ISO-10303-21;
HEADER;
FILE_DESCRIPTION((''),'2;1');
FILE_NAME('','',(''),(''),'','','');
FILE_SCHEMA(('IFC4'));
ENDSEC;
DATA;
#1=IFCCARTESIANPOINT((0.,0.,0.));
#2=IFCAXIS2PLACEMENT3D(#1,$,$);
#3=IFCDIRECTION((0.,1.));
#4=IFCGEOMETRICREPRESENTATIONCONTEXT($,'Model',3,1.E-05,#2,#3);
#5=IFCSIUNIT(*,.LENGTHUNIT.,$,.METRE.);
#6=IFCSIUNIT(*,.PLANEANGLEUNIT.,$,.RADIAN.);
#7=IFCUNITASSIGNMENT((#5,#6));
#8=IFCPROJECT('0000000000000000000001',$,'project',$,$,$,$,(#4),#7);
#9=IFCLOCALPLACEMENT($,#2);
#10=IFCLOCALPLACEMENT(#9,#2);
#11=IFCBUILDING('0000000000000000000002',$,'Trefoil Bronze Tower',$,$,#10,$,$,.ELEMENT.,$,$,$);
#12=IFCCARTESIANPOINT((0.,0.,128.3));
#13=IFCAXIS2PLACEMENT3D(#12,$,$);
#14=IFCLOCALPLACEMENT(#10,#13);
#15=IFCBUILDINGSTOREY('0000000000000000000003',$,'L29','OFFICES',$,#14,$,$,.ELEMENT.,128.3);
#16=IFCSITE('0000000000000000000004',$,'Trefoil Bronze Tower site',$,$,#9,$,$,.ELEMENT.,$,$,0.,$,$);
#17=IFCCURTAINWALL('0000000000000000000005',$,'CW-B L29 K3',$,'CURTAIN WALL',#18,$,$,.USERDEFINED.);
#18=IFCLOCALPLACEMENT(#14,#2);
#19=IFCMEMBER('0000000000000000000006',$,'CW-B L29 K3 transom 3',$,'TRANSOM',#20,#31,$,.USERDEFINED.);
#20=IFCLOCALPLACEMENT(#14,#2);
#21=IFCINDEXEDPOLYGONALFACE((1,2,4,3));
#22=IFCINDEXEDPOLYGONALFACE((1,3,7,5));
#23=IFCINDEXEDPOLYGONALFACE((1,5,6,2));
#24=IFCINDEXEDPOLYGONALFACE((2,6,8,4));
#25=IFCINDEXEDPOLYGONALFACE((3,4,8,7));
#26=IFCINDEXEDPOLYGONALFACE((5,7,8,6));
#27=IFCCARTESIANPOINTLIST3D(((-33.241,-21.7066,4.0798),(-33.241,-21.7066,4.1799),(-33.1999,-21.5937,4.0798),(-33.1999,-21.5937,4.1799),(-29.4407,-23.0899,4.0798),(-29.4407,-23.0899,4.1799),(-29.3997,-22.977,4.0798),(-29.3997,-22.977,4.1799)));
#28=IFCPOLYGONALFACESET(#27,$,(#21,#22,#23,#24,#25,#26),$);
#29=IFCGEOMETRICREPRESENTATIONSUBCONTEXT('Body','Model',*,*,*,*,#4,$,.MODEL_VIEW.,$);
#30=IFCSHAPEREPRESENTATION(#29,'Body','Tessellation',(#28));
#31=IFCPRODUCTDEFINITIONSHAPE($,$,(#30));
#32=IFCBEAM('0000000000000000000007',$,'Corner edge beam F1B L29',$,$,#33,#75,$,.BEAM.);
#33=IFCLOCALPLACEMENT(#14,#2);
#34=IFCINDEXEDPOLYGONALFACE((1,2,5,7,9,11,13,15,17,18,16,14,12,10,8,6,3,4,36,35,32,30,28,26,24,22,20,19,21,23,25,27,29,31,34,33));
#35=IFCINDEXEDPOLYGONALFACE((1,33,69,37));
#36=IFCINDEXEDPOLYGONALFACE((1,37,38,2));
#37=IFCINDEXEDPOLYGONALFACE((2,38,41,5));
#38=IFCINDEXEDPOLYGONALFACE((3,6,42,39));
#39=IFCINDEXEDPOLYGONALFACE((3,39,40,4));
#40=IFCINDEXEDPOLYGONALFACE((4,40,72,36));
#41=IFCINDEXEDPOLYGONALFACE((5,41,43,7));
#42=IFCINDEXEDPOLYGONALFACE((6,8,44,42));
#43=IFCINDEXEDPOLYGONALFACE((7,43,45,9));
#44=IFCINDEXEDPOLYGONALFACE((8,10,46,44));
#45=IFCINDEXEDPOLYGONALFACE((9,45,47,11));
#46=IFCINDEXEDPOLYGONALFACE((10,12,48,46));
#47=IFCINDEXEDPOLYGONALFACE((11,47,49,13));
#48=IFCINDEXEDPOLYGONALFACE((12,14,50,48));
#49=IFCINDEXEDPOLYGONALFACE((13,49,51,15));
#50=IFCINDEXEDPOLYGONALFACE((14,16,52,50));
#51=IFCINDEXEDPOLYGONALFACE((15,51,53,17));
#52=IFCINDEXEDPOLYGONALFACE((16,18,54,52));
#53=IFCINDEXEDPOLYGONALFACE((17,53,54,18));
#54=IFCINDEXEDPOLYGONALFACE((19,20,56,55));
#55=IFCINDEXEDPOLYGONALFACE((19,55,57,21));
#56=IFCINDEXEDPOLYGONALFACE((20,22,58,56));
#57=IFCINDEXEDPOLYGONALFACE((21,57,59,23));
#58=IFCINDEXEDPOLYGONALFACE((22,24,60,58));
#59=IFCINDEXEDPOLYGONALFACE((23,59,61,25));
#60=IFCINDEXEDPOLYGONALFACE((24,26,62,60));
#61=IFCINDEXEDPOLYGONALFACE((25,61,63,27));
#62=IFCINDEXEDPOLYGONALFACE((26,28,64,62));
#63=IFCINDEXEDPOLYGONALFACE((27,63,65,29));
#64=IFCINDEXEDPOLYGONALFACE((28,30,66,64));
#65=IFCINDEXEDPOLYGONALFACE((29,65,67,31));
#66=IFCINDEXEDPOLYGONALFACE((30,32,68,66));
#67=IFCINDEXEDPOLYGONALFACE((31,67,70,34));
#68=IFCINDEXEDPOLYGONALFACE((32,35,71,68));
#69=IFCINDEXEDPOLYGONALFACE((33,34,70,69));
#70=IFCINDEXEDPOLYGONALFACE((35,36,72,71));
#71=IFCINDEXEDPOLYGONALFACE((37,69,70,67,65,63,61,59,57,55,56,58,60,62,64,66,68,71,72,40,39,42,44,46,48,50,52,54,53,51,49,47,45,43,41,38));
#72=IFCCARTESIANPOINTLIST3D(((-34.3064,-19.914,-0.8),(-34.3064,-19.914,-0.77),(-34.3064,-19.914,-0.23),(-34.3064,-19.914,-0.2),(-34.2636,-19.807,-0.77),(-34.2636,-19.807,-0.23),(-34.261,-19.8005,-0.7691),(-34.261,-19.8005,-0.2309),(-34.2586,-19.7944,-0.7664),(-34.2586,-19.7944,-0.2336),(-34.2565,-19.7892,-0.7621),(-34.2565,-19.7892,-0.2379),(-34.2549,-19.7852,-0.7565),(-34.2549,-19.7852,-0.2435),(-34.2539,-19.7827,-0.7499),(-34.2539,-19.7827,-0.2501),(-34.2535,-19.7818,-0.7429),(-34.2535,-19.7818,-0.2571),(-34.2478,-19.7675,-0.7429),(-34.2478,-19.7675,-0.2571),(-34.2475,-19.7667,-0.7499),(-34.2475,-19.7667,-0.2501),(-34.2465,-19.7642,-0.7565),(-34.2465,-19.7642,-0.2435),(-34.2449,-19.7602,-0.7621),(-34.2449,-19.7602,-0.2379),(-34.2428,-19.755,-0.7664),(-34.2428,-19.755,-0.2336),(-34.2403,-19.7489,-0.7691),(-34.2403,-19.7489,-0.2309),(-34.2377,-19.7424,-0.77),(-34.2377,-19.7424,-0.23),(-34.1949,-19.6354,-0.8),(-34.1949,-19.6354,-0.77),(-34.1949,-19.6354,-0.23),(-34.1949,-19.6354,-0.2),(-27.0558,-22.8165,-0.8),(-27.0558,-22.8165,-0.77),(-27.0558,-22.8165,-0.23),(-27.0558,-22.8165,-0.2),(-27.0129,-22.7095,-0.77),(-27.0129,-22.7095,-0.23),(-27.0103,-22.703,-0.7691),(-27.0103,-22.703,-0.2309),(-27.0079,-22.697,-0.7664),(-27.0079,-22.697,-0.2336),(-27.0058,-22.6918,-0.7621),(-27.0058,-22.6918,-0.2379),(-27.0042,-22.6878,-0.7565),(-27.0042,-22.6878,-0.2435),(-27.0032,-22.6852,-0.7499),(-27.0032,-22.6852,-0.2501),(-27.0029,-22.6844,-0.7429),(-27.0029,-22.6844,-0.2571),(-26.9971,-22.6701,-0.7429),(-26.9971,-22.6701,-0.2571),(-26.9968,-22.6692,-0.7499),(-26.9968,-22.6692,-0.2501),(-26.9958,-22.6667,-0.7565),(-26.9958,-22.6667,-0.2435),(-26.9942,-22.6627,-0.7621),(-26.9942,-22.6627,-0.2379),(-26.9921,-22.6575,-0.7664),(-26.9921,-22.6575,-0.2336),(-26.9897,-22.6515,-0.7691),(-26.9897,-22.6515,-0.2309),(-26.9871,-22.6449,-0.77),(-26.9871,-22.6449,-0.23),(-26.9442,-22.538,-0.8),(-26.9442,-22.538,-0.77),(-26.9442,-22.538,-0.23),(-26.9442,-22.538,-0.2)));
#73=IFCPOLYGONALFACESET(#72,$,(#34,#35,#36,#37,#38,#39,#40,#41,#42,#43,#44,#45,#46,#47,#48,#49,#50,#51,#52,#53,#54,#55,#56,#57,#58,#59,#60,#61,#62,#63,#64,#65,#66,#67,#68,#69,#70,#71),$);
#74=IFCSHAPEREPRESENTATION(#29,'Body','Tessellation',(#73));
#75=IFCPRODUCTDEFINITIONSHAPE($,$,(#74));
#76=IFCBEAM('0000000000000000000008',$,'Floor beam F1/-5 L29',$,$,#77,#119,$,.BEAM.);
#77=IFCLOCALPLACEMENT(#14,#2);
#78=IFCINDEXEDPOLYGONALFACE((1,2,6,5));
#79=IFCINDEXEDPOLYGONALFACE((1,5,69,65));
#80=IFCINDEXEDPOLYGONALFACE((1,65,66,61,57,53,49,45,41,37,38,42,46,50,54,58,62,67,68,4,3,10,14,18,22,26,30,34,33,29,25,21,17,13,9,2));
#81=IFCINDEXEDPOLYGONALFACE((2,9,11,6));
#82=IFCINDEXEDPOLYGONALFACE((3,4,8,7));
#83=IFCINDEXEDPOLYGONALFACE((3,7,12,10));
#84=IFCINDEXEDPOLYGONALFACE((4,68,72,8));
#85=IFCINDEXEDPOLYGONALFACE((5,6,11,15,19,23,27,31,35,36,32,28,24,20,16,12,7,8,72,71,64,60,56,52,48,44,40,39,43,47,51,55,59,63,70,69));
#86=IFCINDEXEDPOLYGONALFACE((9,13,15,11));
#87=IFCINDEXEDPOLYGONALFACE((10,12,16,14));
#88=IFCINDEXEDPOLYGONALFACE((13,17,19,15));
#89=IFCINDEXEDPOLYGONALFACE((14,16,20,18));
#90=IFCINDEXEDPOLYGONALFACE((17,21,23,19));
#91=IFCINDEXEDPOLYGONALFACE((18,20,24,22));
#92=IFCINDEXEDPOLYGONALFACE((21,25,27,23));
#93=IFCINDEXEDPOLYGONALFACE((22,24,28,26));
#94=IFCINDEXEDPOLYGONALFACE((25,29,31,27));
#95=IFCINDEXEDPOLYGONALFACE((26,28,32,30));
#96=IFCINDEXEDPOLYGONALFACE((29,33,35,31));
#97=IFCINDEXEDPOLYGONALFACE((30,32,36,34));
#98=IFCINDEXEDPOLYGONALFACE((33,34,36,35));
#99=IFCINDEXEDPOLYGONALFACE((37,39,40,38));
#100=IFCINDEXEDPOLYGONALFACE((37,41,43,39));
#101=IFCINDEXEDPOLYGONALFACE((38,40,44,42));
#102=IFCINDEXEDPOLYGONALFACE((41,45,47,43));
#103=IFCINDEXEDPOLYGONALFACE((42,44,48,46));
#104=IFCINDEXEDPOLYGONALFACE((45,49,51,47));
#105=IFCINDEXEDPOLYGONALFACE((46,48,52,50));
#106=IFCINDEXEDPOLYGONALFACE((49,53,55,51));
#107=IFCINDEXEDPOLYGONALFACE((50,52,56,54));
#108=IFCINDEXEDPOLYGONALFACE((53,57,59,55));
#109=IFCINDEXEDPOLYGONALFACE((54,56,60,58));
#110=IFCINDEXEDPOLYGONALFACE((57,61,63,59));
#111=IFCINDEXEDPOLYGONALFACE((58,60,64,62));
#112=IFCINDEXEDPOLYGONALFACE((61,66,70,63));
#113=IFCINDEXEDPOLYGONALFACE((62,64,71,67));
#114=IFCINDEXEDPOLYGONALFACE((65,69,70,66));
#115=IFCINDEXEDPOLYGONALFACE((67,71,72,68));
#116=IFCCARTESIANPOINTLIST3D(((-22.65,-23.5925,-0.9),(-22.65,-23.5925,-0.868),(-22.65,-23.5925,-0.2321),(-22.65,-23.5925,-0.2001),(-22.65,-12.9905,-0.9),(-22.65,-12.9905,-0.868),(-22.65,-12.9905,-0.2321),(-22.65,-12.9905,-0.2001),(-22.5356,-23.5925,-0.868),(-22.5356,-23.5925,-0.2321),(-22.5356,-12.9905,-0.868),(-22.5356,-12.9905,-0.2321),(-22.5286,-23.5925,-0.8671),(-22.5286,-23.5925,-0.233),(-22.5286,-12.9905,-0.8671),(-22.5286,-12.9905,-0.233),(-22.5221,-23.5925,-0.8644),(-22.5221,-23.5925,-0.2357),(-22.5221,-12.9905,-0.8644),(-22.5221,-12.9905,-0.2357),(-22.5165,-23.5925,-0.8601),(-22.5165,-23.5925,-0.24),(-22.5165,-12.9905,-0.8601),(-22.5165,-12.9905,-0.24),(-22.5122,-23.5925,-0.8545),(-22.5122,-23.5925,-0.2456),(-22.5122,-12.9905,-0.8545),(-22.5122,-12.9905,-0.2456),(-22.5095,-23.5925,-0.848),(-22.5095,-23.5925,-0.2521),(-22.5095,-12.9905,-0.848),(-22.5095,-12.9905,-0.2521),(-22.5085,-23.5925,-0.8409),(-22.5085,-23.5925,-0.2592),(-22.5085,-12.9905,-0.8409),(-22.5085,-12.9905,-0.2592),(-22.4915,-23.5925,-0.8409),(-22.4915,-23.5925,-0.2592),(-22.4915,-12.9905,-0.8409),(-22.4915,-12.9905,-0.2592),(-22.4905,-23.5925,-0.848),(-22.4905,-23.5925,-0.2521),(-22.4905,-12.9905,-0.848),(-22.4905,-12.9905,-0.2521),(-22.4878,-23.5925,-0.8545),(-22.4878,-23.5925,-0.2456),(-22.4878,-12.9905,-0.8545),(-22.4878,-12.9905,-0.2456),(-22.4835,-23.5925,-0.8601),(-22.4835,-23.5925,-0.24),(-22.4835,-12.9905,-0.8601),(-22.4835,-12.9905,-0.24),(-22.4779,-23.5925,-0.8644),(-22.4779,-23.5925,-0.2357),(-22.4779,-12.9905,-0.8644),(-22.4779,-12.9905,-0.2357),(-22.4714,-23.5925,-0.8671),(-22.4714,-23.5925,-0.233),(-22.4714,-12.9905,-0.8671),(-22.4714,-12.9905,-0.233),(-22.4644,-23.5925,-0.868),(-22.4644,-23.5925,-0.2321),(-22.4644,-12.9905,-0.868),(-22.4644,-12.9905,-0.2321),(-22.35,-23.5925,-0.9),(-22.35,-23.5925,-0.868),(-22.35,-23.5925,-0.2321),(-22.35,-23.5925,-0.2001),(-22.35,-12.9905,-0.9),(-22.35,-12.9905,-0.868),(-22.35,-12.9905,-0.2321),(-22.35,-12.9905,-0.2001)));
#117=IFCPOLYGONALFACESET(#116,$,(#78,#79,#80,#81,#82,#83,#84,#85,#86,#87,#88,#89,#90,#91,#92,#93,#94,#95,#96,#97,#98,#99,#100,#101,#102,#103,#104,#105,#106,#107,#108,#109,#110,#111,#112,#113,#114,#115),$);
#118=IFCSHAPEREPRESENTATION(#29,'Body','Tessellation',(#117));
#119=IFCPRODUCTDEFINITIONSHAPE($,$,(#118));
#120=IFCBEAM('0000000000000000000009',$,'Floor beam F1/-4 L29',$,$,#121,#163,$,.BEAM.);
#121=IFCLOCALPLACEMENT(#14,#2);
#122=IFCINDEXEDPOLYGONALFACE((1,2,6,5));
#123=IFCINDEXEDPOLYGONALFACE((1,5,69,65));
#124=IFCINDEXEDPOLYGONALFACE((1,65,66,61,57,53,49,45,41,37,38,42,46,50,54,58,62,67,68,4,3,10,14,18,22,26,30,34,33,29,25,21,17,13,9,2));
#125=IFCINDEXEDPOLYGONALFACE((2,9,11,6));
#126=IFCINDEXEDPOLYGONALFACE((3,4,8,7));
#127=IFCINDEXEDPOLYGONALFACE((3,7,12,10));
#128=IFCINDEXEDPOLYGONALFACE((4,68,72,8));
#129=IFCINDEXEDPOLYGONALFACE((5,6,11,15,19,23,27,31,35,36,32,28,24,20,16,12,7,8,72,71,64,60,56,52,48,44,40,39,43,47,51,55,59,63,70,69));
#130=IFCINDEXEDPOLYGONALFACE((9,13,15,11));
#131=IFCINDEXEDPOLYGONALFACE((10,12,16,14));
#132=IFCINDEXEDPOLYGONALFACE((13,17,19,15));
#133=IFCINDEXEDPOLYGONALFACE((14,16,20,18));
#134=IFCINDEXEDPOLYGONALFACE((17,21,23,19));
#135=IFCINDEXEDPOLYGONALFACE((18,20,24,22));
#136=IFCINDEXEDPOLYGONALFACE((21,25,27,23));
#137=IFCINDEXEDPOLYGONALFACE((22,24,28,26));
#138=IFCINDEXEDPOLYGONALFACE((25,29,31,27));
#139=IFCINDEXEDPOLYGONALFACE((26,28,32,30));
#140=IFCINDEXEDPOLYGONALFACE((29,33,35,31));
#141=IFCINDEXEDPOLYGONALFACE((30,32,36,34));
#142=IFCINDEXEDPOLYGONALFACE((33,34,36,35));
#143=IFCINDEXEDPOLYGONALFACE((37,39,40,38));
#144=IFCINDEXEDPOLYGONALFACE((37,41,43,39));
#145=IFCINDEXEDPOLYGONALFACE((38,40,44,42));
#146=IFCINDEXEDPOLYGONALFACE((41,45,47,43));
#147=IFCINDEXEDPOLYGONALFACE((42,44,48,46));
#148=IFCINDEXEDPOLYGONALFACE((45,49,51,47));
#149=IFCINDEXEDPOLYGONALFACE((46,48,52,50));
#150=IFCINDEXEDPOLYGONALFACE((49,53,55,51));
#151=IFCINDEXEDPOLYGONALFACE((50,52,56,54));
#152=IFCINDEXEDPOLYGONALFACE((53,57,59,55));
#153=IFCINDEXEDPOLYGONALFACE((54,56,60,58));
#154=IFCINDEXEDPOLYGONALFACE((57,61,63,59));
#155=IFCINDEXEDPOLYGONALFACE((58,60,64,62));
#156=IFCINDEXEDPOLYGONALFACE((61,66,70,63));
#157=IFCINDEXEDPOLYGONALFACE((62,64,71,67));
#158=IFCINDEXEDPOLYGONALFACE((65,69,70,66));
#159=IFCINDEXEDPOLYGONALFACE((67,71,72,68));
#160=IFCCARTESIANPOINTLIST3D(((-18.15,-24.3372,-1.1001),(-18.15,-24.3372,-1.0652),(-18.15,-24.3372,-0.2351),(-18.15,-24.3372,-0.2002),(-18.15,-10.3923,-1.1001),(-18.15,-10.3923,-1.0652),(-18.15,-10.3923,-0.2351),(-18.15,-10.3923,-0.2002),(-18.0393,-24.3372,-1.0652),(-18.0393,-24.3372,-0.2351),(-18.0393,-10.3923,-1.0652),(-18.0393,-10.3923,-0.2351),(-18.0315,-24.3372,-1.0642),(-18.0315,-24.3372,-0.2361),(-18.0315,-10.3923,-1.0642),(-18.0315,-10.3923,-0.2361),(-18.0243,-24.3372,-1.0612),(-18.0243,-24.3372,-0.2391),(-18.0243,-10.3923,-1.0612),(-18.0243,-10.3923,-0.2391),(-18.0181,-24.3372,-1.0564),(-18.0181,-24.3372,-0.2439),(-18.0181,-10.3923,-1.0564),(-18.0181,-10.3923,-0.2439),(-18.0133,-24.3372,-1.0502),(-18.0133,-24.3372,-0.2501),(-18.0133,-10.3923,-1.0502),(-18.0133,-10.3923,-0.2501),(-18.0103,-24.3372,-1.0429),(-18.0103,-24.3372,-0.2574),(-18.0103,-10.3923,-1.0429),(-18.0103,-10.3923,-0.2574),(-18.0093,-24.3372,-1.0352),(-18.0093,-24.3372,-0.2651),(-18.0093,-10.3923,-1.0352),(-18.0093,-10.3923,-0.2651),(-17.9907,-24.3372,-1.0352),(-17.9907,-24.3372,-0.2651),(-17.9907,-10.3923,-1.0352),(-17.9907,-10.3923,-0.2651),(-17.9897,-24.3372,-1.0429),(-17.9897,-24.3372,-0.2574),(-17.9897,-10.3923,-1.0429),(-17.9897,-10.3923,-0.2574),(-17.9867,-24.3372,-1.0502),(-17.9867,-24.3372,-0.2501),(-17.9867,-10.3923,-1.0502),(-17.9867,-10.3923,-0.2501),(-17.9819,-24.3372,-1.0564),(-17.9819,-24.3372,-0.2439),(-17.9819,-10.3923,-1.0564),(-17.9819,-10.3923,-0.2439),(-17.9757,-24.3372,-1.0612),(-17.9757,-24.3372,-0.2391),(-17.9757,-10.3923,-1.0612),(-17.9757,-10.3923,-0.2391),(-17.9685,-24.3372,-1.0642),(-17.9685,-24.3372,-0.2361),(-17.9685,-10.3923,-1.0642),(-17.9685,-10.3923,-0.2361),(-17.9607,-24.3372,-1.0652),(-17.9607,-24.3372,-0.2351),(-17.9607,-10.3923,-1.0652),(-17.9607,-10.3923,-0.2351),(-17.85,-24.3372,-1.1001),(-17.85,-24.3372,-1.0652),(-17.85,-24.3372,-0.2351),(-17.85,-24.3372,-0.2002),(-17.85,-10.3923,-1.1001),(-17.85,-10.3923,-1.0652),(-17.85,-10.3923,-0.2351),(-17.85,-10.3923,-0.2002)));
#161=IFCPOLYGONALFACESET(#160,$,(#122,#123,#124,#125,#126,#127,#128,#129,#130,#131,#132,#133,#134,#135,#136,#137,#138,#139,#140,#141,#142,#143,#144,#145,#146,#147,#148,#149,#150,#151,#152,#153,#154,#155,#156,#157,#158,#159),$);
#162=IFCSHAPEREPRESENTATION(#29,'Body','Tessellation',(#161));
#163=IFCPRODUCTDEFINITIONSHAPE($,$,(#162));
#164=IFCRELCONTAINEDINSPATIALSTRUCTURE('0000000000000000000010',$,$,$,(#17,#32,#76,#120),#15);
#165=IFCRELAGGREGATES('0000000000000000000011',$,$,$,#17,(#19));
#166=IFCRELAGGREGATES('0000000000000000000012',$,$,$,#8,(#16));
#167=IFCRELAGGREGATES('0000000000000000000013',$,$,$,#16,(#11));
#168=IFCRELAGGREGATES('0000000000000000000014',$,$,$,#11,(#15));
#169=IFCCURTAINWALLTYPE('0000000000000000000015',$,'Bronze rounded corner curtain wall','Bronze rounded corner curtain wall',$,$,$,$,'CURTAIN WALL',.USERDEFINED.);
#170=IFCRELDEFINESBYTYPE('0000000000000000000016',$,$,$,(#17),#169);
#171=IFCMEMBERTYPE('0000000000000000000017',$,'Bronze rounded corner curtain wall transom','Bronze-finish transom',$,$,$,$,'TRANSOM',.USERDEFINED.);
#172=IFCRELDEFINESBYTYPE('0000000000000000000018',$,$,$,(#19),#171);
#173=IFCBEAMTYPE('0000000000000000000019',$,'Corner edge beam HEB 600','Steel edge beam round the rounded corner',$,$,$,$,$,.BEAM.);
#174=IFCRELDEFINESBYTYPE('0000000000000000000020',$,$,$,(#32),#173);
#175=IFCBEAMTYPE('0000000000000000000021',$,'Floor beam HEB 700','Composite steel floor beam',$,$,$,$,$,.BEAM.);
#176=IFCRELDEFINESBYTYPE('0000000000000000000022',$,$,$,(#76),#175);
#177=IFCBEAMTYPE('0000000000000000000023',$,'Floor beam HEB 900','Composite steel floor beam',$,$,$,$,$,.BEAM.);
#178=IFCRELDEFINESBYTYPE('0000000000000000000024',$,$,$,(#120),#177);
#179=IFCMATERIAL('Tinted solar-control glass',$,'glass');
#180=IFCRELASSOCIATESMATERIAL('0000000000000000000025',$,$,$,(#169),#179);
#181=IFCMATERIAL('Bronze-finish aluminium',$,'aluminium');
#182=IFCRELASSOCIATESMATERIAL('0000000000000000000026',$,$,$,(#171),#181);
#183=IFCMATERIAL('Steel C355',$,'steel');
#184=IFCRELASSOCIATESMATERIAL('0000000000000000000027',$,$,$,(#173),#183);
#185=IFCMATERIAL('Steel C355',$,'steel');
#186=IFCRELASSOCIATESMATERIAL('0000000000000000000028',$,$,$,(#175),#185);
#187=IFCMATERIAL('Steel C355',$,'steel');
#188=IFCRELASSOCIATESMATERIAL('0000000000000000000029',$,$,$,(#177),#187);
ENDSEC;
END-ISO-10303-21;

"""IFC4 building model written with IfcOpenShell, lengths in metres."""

from ifc_helpers import new_model, si_unit, direction, frame, origin, origin_2d, place, context, subcontext, project, spatial, rectangle, i_section, extrude, material, material_profile, profile_set, type_object, element, aggregate, save


model = new_model("IFC4")

# Units and contexts
model_context = context("Model", 3, precision=1e-05, world=origin(), true_north=direction((0.0, 1.0)))
body_context = subcontext(model_context, "Body", "Model", "MODEL_VIEW")
ifc_project = project(units=[si_unit("LENGTHUNIT", "METRE"), si_unit("PLANEANGLEUNIT", "RADIAN")], contexts=[model_context])

# Site, building, storey
site_placement = place(None, origin())
site = spatial("IfcSite", under=ifc_project, at=site_placement, Name="Trefoil Bronze Tower site", CompositionType="ELEMENT", RefElevation=0.0)
building_placement = place(site_placement, origin())
building = spatial("IfcBuilding", under=site, at=building_placement, Name="Trefoil Bronze Tower", CompositionType="ELEMENT")
storey_placement = place(building_placement, frame((0.0, 0.0, 128.3)))
storey = spatial("IfcBuildingStorey", under=building, at=storey_placement, Name="L29", Description="OFFICES", CompositionType="ELEMENT", Elevation=128.3)

# Curtain wall, member
ifc_material_1 = material(Name="Tinted solar-control glass", Category="glass")
curtain_wall_type_1 = type_object("IfcCurtainWallType", Name="Bronze rounded corner curtain wall", Description="Bronze rounded corner curtain wall", ElementType="CURTAIN WALL", PredefinedType="USERDEFINED", material=ifc_material_1)
curtain_wall_1_placement = place(storey_placement, origin())
curtain_wall_1 = element("IfcCurtainWall", 1, at=curtain_wall_1_placement, inside=storey, type_object=curtain_wall_type_1, Name="CW-B L29 K3", ObjectType="CURTAIN WALL", PredefinedType="USERDEFINED")
ifc_material_2 = material(Name="Bronze-finish aluminium", Category="aluminium")
ifc_material_profile_1 = material_profile(ifc_material_2, rectangle(XDim=0.1201, YDim=0.1001, at=origin_2d()), Name="CW-B transom")
ifc_profile_set_1 = profile_set([ifc_material_profile_1], Name="Bronze-finish aluminium")
member_type_1 = type_object("IfcMemberType", Name="Bronze rounded corner curtain wall transom", Description="Bronze-finish transom", ElementType="TRANSOM", PredefinedType="USERDEFINED", material=ifc_profile_set_1)
member_1_placement = place(storey_placement, frame((-33.2205, -21.6501, 4.1299), z_axis=(0.939684, -0.342044, 0.0), x_axis=(0.342044, 0.939684, 0.0)))
member_1 = element("IfcMember", 2, at=member_1_placement, type_object=member_type_1, Name="CW-B L29 K3 transom 3", ObjectType="TRANSOM", PredefinedType="USERDEFINED", context=body_context, shape_type="SweptSolid", body=[
    extrude(rectangle(XDim=0.1201, YDim=0.1001, at=origin_2d()), origin(), (0.0, 0.0, 1.0), 4.0442),
])

# Beams
ifc_material_3 = material(Name="Steel C355", Category="steel")
ifc_material_profile_2 = material_profile(ifc_material_3, i_section(OverallWidth=0.3, OverallDepth=0.6001, WebThickness=0.0154, FlangeThickness=0.03, FilletRadius=0.0271, at=origin_2d()), Name="HEB 600")
ifc_profile_set_2 = profile_set([ifc_material_profile_2], Name="Steel C355")
beam_type_1 = type_object("IfcBeamType", Name="Corner edge beam HEB 600", Description="Steel edge beam round the rounded corner", PredefinedType="BEAM", material=ifc_profile_set_2)
beam_1_placement = place(storey_placement, frame((-27.0, -22.6772, -0.5), z_axis=(-0.928375, 0.371644, 0.0), x_axis=(-0.371644, -0.928375, 0.0)))
element("IfcBeam", 3, at=beam_1_placement, inside=storey, type_object=beam_type_1, Name="Corner edge beam F1B L29", PredefinedType="BEAM", context=body_context, shape_type="SweptSolid", body=[
    extrude(i_section(OverallWidth=0.3, OverallDepth=0.6001, WebThickness=0.0154, FlangeThickness=0.03, FilletRadius=0.0271, at=origin_2d()), origin(), (0.0, 0.0, 1.0), 7.8101),
])
ifc_material_4 = material(Name="Steel C355", Category="steel")
ifc_material_profile_3 = material_profile(ifc_material_4, i_section(OverallWidth=0.3, OverallDepth=0.7, WebThickness=0.0171, FlangeThickness=0.032, FilletRadius=0.0271, at=origin_2d()), Name="HEB 700")
ifc_profile_set_3 = profile_set([ifc_material_profile_3], Name="Steel C355")
beam_type_2 = type_object("IfcBeamType", Name="Floor beam HEB 700", Description="Composite steel floor beam", PredefinedType="BEAM", material=ifc_profile_set_3)
beam_2_placement = place(storey_placement, frame((-22.5, -23.5925, -0.55), z_axis=(0.0, 1.0, 0.0), x_axis=(-1.0, 0.0, 0.0)))
element("IfcBeam", 4, at=beam_2_placement, inside=storey, type_object=beam_type_2, Name="Floor beam F1/-5 L29", PredefinedType="BEAM", context=body_context, shape_type="SweptSolid", body=[
    extrude(i_section(OverallWidth=0.3, OverallDepth=0.7, WebThickness=0.0171, FlangeThickness=0.032, FilletRadius=0.0271, at=origin_2d()), origin(), (0.0, 0.0, 1.0), 10.6021),
])
ifc_material_5 = material(Name="Steel C355", Category="steel")
ifc_material_profile_4 = material_profile(ifc_material_5, i_section(OverallWidth=0.3, OverallDepth=0.8999, WebThickness=0.0186, FlangeThickness=0.0349, FilletRadius=0.03, at=origin_2d()), Name="HEB 900")
ifc_profile_set_4 = profile_set([ifc_material_profile_4], Name="Steel C355")
beam_type_3 = type_object("IfcBeamType", Name="Floor beam HEB 900", Description="Composite steel floor beam", PredefinedType="BEAM", material=ifc_profile_set_4)
beam_3_placement = place(storey_placement, frame((-18.0, -24.3372, -0.6501), z_axis=(0.0, 1.0, 0.0), x_axis=(-1.0, 0.0, 0.0)))
element("IfcBeam", 5, at=beam_3_placement, inside=storey, type_object=beam_type_3, Name="Floor beam F1/-4 L29", PredefinedType="BEAM", context=body_context, shape_type="SweptSolid", body=[
    extrude(i_section(OverallWidth=0.3, OverallDepth=0.8999, WebThickness=0.0186, FlangeThickness=0.0349, FilletRadius=0.03, at=origin_2d()), origin(), (0.0, 0.0, 1.0), 13.9448),
])

aggregate(curtain_wall_1, [member_1])

save(model, "model.ifc")
